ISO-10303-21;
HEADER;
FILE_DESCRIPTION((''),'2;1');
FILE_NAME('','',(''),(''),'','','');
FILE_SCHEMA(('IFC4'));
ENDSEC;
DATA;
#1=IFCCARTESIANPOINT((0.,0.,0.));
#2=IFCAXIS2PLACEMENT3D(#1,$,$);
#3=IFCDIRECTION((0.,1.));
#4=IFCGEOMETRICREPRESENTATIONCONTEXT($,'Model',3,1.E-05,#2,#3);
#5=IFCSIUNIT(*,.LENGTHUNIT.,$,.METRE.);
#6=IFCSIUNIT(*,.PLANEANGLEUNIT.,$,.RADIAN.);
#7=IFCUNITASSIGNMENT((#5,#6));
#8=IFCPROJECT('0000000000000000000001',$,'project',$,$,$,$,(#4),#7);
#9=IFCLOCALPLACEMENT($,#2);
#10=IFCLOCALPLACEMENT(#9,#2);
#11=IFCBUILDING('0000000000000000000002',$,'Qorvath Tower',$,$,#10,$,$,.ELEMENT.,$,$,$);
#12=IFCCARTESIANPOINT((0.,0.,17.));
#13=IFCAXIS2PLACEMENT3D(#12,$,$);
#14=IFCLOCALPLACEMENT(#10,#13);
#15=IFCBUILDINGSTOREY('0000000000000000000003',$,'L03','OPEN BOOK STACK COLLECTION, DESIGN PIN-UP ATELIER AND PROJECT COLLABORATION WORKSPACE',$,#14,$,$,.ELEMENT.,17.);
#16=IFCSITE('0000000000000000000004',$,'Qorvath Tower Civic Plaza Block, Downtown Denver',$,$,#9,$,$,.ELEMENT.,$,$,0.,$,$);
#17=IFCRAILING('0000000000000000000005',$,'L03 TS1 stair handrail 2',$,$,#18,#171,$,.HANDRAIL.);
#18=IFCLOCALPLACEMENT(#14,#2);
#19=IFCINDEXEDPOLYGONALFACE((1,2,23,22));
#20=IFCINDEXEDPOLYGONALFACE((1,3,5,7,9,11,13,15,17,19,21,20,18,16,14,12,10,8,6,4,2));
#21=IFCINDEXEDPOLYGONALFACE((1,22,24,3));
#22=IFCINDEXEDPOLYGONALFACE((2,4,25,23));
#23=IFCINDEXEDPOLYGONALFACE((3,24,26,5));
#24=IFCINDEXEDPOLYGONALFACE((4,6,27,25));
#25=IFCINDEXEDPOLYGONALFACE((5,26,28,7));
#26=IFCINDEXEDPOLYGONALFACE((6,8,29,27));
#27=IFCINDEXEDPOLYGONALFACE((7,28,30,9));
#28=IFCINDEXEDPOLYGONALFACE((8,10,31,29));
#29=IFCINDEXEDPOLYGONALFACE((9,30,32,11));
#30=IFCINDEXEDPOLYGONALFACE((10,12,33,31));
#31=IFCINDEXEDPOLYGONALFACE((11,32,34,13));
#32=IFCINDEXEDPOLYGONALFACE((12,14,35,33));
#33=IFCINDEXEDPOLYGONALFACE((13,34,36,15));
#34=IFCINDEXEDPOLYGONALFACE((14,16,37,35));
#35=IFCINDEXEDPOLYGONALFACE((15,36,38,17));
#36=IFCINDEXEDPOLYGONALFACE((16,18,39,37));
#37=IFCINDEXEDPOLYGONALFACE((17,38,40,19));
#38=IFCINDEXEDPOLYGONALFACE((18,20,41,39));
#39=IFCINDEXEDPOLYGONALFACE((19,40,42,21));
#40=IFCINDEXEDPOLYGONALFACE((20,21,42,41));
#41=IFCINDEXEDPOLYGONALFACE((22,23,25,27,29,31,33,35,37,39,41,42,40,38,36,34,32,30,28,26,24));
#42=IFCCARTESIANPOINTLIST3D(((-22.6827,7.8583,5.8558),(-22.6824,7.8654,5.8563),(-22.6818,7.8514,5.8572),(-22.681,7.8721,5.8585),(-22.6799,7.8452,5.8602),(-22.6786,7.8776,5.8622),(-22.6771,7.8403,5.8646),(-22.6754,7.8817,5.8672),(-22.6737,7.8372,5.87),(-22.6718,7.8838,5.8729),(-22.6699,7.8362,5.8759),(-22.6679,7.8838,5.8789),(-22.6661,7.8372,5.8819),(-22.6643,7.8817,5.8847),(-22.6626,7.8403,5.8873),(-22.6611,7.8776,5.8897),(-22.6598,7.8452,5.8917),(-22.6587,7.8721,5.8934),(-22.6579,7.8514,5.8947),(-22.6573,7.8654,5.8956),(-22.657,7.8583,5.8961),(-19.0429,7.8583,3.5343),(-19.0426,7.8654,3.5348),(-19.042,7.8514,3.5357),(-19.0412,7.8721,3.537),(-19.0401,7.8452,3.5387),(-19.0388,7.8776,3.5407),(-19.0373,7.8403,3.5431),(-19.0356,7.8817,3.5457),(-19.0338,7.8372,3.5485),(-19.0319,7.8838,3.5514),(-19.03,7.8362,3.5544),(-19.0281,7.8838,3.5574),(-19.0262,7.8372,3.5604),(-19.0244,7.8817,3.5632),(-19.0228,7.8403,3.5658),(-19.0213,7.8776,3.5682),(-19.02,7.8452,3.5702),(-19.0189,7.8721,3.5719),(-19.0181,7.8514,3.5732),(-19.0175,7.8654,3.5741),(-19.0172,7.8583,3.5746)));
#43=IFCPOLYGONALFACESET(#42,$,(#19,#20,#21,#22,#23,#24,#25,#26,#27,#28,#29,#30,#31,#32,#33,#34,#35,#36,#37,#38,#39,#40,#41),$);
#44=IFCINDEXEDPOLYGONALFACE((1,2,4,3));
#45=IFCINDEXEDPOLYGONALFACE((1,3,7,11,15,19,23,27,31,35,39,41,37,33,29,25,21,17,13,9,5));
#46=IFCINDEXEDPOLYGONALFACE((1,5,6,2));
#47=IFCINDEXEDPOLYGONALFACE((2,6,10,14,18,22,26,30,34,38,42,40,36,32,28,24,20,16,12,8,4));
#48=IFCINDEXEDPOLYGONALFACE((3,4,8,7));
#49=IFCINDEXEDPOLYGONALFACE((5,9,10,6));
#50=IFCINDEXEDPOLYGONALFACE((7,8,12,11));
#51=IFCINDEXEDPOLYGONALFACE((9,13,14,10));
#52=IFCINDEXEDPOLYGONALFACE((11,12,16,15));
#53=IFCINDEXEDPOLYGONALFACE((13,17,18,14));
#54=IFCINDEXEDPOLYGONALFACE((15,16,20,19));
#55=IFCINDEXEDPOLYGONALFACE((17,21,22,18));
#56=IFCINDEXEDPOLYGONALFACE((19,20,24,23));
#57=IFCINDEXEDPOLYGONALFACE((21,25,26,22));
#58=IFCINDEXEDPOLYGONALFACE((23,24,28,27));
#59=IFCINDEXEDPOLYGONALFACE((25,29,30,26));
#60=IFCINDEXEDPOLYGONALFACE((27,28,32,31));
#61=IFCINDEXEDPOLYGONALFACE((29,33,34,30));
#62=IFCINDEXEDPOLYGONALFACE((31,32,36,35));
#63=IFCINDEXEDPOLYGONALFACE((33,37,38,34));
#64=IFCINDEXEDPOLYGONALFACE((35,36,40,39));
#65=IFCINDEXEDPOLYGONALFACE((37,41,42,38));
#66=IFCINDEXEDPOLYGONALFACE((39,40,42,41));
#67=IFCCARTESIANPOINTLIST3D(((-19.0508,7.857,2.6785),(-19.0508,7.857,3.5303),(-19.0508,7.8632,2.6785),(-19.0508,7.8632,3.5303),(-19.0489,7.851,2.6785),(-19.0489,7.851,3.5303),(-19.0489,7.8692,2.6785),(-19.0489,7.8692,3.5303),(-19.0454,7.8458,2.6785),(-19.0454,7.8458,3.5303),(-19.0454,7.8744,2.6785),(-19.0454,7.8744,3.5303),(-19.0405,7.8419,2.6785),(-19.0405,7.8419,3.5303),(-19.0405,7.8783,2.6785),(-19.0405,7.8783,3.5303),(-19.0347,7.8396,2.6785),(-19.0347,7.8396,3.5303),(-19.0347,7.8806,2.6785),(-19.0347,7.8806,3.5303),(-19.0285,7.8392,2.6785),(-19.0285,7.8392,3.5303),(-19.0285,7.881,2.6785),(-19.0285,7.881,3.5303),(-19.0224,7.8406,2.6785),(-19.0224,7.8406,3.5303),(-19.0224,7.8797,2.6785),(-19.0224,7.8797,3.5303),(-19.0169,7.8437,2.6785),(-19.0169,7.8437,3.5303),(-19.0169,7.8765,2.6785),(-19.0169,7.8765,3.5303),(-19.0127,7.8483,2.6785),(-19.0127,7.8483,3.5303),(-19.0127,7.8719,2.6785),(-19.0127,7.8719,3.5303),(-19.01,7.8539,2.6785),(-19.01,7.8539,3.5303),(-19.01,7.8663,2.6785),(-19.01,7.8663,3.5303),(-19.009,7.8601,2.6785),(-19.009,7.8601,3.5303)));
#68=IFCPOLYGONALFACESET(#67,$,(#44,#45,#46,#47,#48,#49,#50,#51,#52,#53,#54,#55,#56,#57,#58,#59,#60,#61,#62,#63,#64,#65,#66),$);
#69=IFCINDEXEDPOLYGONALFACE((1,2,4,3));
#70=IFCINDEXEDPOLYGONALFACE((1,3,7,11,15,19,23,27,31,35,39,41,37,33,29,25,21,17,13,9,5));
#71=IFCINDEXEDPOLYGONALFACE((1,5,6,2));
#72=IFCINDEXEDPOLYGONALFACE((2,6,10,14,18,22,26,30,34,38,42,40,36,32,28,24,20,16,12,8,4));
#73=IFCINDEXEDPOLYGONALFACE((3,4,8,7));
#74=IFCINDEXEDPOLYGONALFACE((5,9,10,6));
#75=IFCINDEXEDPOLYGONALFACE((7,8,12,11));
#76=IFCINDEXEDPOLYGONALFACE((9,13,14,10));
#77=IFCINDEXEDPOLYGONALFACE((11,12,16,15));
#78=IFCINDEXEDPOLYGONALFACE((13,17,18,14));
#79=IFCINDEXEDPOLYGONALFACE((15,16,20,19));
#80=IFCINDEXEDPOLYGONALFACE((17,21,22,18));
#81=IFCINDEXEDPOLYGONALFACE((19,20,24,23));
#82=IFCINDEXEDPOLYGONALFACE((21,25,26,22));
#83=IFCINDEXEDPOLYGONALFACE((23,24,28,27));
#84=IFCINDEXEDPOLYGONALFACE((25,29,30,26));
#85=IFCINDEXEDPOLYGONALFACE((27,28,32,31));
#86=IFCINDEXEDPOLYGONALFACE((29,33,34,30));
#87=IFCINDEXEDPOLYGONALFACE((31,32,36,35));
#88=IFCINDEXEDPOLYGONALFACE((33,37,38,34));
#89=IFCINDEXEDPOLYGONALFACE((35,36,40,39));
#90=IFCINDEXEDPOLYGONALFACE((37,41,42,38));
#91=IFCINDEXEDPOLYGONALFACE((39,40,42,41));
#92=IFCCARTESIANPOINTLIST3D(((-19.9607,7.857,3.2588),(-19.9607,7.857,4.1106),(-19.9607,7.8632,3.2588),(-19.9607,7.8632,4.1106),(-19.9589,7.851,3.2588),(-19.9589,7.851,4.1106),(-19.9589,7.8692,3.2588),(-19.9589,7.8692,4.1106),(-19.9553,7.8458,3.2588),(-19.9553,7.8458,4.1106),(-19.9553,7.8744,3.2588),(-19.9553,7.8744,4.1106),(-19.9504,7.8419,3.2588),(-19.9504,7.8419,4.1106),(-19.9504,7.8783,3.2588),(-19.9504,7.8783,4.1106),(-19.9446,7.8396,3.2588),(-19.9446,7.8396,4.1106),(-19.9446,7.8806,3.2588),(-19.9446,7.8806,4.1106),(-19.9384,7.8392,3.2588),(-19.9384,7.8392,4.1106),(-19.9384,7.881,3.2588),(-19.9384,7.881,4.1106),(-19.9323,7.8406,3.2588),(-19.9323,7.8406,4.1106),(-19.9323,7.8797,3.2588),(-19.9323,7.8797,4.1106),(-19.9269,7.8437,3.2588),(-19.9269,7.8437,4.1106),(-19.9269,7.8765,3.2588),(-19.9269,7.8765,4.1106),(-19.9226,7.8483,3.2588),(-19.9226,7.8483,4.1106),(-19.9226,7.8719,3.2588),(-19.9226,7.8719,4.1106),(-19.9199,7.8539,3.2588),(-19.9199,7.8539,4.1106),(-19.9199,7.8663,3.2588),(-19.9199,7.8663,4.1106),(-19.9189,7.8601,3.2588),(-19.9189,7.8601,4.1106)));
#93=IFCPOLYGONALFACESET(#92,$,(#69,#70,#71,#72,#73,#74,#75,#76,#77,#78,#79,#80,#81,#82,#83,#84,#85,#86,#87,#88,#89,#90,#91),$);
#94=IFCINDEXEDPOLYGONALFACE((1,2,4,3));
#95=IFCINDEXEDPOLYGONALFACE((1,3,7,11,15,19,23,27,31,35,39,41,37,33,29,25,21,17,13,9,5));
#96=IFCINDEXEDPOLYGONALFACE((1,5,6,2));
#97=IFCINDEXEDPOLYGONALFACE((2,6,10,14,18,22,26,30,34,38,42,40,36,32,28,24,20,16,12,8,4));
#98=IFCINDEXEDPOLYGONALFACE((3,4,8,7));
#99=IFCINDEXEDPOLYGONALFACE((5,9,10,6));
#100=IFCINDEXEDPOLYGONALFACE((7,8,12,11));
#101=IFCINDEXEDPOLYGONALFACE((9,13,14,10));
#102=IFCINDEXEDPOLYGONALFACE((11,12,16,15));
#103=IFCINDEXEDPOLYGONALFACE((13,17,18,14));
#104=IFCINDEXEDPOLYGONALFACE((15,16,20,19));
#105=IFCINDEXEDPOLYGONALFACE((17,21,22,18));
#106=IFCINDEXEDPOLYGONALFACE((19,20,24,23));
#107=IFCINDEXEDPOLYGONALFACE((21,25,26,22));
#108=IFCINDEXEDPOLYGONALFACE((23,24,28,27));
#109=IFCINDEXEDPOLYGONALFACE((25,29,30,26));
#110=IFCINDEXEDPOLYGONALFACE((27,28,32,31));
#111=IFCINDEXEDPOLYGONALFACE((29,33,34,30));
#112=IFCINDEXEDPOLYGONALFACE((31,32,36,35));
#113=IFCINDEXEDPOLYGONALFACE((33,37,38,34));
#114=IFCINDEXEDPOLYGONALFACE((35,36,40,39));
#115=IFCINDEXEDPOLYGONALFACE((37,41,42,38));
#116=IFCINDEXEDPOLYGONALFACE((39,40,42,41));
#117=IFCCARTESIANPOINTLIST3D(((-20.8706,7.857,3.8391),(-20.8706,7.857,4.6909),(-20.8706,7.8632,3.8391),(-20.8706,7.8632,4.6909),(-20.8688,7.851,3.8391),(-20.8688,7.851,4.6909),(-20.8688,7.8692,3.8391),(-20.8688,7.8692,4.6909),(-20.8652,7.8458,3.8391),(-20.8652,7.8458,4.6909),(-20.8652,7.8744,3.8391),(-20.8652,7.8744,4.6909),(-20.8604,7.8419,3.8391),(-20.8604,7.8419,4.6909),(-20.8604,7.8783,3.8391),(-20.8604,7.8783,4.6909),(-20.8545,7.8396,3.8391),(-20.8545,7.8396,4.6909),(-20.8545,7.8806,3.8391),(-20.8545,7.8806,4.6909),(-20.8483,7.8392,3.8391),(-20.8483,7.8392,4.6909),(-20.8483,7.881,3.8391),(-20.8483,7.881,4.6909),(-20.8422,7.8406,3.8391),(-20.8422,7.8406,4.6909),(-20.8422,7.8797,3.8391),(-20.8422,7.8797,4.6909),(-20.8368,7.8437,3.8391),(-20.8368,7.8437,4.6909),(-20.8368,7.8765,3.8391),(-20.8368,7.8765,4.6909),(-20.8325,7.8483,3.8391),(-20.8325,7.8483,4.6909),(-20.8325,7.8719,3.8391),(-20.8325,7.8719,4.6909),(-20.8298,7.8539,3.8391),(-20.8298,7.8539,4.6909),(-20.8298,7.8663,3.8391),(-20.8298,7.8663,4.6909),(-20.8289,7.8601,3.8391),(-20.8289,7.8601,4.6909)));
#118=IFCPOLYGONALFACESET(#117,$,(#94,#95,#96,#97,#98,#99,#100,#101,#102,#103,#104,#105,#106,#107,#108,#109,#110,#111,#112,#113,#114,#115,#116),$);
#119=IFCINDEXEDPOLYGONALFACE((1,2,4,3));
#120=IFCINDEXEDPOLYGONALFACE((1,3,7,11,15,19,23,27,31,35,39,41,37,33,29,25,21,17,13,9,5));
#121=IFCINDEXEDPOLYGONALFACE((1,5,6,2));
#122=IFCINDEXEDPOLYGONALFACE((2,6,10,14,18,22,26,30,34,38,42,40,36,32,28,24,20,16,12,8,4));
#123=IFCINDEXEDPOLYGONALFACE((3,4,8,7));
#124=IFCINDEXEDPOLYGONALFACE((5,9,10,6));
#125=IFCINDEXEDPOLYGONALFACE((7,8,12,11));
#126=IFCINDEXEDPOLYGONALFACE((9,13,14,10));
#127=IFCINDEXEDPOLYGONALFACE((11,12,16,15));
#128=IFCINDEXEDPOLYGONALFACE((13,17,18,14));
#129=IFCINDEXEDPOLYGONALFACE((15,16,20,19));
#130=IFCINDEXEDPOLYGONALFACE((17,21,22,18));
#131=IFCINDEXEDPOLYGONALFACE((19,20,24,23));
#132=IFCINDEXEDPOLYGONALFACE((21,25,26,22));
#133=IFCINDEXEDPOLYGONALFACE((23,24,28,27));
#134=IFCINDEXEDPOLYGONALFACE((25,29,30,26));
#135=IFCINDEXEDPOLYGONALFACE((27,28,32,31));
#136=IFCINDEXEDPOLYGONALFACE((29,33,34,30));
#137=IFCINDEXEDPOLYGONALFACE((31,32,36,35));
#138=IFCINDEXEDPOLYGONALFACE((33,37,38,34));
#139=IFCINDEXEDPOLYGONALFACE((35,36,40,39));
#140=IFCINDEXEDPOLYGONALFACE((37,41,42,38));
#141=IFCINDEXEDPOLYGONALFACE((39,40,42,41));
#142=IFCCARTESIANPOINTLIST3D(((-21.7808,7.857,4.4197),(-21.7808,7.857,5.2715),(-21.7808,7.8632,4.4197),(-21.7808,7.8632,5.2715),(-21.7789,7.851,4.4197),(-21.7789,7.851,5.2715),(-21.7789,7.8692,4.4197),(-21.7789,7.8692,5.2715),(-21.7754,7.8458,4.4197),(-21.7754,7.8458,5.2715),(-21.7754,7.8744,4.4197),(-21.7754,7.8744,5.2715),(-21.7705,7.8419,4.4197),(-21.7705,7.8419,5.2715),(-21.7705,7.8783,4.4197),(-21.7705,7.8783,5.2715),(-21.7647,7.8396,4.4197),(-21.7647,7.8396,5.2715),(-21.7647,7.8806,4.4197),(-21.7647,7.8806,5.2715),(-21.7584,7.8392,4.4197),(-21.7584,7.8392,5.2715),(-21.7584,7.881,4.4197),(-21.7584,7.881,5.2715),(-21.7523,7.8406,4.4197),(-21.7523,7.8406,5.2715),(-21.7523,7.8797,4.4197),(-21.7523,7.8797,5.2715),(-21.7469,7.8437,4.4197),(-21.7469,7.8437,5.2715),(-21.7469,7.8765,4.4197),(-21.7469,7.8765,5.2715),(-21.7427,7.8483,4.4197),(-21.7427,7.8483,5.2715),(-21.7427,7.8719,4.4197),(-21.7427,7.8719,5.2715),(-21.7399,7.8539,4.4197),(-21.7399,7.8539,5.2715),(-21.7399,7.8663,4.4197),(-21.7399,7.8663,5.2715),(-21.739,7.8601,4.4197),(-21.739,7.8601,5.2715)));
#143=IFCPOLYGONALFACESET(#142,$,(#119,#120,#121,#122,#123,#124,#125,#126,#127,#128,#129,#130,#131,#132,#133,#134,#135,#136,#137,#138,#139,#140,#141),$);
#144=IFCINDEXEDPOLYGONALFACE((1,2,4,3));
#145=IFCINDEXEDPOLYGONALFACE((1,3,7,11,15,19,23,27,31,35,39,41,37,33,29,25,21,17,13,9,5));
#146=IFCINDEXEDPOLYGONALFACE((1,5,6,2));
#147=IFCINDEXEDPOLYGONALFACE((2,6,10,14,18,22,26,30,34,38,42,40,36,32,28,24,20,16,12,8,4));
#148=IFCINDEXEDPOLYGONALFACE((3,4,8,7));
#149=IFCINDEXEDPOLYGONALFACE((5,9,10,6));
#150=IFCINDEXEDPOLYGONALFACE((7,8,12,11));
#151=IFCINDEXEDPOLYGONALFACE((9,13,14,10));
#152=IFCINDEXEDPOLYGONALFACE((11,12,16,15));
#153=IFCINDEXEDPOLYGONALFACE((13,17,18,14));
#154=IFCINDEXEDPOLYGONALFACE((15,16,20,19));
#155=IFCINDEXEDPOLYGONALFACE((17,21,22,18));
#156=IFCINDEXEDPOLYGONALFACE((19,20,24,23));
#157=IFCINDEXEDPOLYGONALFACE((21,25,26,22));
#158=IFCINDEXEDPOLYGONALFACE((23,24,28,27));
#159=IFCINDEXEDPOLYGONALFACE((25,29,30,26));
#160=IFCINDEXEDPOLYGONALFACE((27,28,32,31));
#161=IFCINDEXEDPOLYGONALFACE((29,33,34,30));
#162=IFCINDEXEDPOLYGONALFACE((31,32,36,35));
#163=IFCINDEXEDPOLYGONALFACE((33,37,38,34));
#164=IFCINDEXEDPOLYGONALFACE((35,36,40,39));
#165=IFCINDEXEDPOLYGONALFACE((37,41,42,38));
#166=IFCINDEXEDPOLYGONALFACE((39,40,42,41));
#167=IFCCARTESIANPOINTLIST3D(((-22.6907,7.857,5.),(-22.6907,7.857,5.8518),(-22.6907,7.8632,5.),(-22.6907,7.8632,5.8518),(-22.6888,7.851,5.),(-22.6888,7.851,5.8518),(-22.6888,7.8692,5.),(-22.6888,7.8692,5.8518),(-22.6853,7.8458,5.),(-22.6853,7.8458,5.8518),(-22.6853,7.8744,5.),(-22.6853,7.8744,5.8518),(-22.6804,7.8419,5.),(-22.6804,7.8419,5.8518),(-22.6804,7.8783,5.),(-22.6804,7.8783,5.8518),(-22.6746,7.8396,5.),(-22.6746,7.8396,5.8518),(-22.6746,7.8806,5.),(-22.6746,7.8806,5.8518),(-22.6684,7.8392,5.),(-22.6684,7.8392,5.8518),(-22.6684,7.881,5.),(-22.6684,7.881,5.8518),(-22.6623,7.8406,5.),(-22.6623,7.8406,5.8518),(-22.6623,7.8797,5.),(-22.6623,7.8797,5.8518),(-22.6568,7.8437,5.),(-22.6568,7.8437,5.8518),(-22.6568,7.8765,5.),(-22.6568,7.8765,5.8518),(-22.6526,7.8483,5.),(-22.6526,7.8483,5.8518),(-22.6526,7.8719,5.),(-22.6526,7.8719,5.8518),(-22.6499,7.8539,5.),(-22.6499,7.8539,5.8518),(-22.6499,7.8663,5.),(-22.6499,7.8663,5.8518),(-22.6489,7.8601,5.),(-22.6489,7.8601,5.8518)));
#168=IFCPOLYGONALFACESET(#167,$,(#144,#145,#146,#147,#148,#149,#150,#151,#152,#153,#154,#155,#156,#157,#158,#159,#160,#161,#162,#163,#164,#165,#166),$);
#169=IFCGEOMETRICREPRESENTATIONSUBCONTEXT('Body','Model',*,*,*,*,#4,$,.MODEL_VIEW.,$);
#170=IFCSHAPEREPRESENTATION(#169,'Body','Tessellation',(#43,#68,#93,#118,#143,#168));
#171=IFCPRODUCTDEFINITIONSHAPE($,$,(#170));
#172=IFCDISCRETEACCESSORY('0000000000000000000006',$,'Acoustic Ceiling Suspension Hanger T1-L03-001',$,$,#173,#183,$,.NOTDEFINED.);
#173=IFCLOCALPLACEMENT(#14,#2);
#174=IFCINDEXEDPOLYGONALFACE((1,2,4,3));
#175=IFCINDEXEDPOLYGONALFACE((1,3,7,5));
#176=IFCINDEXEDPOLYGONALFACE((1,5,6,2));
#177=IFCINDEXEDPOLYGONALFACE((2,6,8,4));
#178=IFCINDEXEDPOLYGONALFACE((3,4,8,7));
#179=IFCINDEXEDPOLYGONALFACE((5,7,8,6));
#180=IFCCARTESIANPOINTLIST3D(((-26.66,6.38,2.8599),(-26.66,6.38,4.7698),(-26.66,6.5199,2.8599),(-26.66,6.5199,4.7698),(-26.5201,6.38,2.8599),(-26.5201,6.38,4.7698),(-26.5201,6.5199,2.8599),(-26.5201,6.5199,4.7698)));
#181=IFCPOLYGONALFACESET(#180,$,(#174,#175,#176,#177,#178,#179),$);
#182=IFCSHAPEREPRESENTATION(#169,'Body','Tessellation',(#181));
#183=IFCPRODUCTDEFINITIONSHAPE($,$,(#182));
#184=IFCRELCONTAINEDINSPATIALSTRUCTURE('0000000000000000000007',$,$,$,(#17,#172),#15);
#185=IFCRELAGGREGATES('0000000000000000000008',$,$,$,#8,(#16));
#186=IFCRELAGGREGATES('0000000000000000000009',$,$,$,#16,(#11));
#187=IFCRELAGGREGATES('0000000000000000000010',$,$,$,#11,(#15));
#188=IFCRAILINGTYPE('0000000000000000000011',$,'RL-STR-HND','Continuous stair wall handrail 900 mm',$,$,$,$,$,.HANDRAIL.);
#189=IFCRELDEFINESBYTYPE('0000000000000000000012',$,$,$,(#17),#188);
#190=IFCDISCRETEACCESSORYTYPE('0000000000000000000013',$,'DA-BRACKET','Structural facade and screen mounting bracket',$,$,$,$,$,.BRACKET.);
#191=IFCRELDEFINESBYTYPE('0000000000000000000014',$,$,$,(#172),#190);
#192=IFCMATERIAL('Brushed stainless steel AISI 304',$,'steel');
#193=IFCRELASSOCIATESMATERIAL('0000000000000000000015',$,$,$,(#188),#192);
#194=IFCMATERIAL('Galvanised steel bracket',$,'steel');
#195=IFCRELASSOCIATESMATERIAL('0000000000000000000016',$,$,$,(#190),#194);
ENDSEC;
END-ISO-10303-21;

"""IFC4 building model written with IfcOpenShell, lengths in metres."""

from ifc_helpers import new_model, si_unit, direction, frame, origin, origin_2d, place, context, subcontext, project, spatial, rectangle, circle, extrude, material, type_object, element, save


model = new_model("IFC4")

# Units and contexts
model_context = context("Model", 3, precision=1e-05, world=origin(), true_north=direction((0.0, 1.0)))
body_context = subcontext(model_context, "Body", "Model", "MODEL_VIEW")
ifc_project = project(units=[si_unit("LENGTHUNIT", "METRE"), si_unit("PLANEANGLEUNIT", "RADIAN")], contexts=[model_context])

# Site, building, storey
site_placement = place(None, origin())
site = spatial("IfcSite", under=ifc_project, at=site_placement, Name="Qorvath Tower Civic Plaza Block, Downtown Denver", CompositionType="ELEMENT", RefElevation=0.0)
building_placement = place(site_placement, origin())
building = spatial("IfcBuilding", under=site, at=building_placement, Name="Qorvath Tower", CompositionType="ELEMENT")
storey_placement = place(building_placement, frame((0.0, 0.0, 17.0)))
storey = spatial("IfcBuildingStorey", under=building, at=storey_placement, Name="L03", Description="OPEN BOOK STACK COLLECTION, DESIGN PIN-UP ATELIER AND PROJECT COLLABORATION WORKSPACE", CompositionType="ELEMENT", Elevation=17.0)

# Railing
ifc_material_1 = material(Name="Brushed stainless steel AISI 304", Category="steel")
railing_type_1 = type_object("IfcRailingType", Name="RL-STR-HND", Description="Continuous stair wall handrail 900 mm", PredefinedType="HANDRAIL", material=ifc_material_1)
railing_1_placement = place(storey_placement, frame((-19.03, 7.8601, 2.6785)))
element("IfcRailing", 1, at=railing_1_placement, inside=storey, type_object=railing_type_1, Name="L03 TS1 stair handrail 2", PredefinedType="HANDRAIL", context=body_context, shape_type="SweptSolid", body=[
    extrude(circle(Radius=0.0239, at=origin_2d()), frame((0.0, 0.0, 0.876), z_axis=(-0.843112, 0.0, 0.537739), x_axis=(0.0, -1.0, 0.0)), (0.0, 0.0, 1.0), 4.3171),
    extrude(circle(Radius=0.021, at=origin_2d()), origin(), (0.0, 0.0, 1.0), 0.8518),
    extrude(circle(Radius=0.021, at=origin_2d()), frame((-0.9099, 0.0, 0.5803)), (0.0, 0.0, 1.0), 0.8518),
    extrude(circle(Radius=0.021, at=origin_2d()), frame((-1.8198, 0.0, 1.1606)), (0.0, 0.0, 1.0), 0.8518),
    extrude(circle(Radius=0.021, at=origin_2d()), frame((-2.73, 0.0, 1.7412)), (0.0, 0.0, 1.0), 0.8518),
    extrude(circle(Radius=0.021, at=origin_2d()), frame((-3.6399, 0.0, 2.3215)), (0.0, 0.0, 1.0), 0.8518),
])

# Discrete accessory
ifc_material_2 = material(Name="Galvanised steel bracket", Category="steel")
discrete_accessory_type = type_object("IfcDiscreteAccessoryType", Name="DA-BRACKET", Description="Structural facade and screen mounting bracket", PredefinedType="BRACKET", material=ifc_material_2)
discrete_accessory_placement = place(storey_placement, frame((-26.5901, 6.45, 2.8599), z_axis=(0.0, 0.0, 1.0), x_axis=(1.0, 0.0, 0.0)))
element("IfcDiscreteAccessory", 2, at=discrete_accessory_placement, inside=storey, type_object=discrete_accessory_type, Name="Acoustic Ceiling Suspension Hanger T1-L03-001", PredefinedType="NOTDEFINED", context=body_context, shape_type="SweptSolid", body=[
    extrude(rectangle(XDim=0.1399, YDim=0.1399, at=origin_2d()), origin(), (0.0, 0.0, 1.0), 1.9099),
])

save(model, "model.ifc")
